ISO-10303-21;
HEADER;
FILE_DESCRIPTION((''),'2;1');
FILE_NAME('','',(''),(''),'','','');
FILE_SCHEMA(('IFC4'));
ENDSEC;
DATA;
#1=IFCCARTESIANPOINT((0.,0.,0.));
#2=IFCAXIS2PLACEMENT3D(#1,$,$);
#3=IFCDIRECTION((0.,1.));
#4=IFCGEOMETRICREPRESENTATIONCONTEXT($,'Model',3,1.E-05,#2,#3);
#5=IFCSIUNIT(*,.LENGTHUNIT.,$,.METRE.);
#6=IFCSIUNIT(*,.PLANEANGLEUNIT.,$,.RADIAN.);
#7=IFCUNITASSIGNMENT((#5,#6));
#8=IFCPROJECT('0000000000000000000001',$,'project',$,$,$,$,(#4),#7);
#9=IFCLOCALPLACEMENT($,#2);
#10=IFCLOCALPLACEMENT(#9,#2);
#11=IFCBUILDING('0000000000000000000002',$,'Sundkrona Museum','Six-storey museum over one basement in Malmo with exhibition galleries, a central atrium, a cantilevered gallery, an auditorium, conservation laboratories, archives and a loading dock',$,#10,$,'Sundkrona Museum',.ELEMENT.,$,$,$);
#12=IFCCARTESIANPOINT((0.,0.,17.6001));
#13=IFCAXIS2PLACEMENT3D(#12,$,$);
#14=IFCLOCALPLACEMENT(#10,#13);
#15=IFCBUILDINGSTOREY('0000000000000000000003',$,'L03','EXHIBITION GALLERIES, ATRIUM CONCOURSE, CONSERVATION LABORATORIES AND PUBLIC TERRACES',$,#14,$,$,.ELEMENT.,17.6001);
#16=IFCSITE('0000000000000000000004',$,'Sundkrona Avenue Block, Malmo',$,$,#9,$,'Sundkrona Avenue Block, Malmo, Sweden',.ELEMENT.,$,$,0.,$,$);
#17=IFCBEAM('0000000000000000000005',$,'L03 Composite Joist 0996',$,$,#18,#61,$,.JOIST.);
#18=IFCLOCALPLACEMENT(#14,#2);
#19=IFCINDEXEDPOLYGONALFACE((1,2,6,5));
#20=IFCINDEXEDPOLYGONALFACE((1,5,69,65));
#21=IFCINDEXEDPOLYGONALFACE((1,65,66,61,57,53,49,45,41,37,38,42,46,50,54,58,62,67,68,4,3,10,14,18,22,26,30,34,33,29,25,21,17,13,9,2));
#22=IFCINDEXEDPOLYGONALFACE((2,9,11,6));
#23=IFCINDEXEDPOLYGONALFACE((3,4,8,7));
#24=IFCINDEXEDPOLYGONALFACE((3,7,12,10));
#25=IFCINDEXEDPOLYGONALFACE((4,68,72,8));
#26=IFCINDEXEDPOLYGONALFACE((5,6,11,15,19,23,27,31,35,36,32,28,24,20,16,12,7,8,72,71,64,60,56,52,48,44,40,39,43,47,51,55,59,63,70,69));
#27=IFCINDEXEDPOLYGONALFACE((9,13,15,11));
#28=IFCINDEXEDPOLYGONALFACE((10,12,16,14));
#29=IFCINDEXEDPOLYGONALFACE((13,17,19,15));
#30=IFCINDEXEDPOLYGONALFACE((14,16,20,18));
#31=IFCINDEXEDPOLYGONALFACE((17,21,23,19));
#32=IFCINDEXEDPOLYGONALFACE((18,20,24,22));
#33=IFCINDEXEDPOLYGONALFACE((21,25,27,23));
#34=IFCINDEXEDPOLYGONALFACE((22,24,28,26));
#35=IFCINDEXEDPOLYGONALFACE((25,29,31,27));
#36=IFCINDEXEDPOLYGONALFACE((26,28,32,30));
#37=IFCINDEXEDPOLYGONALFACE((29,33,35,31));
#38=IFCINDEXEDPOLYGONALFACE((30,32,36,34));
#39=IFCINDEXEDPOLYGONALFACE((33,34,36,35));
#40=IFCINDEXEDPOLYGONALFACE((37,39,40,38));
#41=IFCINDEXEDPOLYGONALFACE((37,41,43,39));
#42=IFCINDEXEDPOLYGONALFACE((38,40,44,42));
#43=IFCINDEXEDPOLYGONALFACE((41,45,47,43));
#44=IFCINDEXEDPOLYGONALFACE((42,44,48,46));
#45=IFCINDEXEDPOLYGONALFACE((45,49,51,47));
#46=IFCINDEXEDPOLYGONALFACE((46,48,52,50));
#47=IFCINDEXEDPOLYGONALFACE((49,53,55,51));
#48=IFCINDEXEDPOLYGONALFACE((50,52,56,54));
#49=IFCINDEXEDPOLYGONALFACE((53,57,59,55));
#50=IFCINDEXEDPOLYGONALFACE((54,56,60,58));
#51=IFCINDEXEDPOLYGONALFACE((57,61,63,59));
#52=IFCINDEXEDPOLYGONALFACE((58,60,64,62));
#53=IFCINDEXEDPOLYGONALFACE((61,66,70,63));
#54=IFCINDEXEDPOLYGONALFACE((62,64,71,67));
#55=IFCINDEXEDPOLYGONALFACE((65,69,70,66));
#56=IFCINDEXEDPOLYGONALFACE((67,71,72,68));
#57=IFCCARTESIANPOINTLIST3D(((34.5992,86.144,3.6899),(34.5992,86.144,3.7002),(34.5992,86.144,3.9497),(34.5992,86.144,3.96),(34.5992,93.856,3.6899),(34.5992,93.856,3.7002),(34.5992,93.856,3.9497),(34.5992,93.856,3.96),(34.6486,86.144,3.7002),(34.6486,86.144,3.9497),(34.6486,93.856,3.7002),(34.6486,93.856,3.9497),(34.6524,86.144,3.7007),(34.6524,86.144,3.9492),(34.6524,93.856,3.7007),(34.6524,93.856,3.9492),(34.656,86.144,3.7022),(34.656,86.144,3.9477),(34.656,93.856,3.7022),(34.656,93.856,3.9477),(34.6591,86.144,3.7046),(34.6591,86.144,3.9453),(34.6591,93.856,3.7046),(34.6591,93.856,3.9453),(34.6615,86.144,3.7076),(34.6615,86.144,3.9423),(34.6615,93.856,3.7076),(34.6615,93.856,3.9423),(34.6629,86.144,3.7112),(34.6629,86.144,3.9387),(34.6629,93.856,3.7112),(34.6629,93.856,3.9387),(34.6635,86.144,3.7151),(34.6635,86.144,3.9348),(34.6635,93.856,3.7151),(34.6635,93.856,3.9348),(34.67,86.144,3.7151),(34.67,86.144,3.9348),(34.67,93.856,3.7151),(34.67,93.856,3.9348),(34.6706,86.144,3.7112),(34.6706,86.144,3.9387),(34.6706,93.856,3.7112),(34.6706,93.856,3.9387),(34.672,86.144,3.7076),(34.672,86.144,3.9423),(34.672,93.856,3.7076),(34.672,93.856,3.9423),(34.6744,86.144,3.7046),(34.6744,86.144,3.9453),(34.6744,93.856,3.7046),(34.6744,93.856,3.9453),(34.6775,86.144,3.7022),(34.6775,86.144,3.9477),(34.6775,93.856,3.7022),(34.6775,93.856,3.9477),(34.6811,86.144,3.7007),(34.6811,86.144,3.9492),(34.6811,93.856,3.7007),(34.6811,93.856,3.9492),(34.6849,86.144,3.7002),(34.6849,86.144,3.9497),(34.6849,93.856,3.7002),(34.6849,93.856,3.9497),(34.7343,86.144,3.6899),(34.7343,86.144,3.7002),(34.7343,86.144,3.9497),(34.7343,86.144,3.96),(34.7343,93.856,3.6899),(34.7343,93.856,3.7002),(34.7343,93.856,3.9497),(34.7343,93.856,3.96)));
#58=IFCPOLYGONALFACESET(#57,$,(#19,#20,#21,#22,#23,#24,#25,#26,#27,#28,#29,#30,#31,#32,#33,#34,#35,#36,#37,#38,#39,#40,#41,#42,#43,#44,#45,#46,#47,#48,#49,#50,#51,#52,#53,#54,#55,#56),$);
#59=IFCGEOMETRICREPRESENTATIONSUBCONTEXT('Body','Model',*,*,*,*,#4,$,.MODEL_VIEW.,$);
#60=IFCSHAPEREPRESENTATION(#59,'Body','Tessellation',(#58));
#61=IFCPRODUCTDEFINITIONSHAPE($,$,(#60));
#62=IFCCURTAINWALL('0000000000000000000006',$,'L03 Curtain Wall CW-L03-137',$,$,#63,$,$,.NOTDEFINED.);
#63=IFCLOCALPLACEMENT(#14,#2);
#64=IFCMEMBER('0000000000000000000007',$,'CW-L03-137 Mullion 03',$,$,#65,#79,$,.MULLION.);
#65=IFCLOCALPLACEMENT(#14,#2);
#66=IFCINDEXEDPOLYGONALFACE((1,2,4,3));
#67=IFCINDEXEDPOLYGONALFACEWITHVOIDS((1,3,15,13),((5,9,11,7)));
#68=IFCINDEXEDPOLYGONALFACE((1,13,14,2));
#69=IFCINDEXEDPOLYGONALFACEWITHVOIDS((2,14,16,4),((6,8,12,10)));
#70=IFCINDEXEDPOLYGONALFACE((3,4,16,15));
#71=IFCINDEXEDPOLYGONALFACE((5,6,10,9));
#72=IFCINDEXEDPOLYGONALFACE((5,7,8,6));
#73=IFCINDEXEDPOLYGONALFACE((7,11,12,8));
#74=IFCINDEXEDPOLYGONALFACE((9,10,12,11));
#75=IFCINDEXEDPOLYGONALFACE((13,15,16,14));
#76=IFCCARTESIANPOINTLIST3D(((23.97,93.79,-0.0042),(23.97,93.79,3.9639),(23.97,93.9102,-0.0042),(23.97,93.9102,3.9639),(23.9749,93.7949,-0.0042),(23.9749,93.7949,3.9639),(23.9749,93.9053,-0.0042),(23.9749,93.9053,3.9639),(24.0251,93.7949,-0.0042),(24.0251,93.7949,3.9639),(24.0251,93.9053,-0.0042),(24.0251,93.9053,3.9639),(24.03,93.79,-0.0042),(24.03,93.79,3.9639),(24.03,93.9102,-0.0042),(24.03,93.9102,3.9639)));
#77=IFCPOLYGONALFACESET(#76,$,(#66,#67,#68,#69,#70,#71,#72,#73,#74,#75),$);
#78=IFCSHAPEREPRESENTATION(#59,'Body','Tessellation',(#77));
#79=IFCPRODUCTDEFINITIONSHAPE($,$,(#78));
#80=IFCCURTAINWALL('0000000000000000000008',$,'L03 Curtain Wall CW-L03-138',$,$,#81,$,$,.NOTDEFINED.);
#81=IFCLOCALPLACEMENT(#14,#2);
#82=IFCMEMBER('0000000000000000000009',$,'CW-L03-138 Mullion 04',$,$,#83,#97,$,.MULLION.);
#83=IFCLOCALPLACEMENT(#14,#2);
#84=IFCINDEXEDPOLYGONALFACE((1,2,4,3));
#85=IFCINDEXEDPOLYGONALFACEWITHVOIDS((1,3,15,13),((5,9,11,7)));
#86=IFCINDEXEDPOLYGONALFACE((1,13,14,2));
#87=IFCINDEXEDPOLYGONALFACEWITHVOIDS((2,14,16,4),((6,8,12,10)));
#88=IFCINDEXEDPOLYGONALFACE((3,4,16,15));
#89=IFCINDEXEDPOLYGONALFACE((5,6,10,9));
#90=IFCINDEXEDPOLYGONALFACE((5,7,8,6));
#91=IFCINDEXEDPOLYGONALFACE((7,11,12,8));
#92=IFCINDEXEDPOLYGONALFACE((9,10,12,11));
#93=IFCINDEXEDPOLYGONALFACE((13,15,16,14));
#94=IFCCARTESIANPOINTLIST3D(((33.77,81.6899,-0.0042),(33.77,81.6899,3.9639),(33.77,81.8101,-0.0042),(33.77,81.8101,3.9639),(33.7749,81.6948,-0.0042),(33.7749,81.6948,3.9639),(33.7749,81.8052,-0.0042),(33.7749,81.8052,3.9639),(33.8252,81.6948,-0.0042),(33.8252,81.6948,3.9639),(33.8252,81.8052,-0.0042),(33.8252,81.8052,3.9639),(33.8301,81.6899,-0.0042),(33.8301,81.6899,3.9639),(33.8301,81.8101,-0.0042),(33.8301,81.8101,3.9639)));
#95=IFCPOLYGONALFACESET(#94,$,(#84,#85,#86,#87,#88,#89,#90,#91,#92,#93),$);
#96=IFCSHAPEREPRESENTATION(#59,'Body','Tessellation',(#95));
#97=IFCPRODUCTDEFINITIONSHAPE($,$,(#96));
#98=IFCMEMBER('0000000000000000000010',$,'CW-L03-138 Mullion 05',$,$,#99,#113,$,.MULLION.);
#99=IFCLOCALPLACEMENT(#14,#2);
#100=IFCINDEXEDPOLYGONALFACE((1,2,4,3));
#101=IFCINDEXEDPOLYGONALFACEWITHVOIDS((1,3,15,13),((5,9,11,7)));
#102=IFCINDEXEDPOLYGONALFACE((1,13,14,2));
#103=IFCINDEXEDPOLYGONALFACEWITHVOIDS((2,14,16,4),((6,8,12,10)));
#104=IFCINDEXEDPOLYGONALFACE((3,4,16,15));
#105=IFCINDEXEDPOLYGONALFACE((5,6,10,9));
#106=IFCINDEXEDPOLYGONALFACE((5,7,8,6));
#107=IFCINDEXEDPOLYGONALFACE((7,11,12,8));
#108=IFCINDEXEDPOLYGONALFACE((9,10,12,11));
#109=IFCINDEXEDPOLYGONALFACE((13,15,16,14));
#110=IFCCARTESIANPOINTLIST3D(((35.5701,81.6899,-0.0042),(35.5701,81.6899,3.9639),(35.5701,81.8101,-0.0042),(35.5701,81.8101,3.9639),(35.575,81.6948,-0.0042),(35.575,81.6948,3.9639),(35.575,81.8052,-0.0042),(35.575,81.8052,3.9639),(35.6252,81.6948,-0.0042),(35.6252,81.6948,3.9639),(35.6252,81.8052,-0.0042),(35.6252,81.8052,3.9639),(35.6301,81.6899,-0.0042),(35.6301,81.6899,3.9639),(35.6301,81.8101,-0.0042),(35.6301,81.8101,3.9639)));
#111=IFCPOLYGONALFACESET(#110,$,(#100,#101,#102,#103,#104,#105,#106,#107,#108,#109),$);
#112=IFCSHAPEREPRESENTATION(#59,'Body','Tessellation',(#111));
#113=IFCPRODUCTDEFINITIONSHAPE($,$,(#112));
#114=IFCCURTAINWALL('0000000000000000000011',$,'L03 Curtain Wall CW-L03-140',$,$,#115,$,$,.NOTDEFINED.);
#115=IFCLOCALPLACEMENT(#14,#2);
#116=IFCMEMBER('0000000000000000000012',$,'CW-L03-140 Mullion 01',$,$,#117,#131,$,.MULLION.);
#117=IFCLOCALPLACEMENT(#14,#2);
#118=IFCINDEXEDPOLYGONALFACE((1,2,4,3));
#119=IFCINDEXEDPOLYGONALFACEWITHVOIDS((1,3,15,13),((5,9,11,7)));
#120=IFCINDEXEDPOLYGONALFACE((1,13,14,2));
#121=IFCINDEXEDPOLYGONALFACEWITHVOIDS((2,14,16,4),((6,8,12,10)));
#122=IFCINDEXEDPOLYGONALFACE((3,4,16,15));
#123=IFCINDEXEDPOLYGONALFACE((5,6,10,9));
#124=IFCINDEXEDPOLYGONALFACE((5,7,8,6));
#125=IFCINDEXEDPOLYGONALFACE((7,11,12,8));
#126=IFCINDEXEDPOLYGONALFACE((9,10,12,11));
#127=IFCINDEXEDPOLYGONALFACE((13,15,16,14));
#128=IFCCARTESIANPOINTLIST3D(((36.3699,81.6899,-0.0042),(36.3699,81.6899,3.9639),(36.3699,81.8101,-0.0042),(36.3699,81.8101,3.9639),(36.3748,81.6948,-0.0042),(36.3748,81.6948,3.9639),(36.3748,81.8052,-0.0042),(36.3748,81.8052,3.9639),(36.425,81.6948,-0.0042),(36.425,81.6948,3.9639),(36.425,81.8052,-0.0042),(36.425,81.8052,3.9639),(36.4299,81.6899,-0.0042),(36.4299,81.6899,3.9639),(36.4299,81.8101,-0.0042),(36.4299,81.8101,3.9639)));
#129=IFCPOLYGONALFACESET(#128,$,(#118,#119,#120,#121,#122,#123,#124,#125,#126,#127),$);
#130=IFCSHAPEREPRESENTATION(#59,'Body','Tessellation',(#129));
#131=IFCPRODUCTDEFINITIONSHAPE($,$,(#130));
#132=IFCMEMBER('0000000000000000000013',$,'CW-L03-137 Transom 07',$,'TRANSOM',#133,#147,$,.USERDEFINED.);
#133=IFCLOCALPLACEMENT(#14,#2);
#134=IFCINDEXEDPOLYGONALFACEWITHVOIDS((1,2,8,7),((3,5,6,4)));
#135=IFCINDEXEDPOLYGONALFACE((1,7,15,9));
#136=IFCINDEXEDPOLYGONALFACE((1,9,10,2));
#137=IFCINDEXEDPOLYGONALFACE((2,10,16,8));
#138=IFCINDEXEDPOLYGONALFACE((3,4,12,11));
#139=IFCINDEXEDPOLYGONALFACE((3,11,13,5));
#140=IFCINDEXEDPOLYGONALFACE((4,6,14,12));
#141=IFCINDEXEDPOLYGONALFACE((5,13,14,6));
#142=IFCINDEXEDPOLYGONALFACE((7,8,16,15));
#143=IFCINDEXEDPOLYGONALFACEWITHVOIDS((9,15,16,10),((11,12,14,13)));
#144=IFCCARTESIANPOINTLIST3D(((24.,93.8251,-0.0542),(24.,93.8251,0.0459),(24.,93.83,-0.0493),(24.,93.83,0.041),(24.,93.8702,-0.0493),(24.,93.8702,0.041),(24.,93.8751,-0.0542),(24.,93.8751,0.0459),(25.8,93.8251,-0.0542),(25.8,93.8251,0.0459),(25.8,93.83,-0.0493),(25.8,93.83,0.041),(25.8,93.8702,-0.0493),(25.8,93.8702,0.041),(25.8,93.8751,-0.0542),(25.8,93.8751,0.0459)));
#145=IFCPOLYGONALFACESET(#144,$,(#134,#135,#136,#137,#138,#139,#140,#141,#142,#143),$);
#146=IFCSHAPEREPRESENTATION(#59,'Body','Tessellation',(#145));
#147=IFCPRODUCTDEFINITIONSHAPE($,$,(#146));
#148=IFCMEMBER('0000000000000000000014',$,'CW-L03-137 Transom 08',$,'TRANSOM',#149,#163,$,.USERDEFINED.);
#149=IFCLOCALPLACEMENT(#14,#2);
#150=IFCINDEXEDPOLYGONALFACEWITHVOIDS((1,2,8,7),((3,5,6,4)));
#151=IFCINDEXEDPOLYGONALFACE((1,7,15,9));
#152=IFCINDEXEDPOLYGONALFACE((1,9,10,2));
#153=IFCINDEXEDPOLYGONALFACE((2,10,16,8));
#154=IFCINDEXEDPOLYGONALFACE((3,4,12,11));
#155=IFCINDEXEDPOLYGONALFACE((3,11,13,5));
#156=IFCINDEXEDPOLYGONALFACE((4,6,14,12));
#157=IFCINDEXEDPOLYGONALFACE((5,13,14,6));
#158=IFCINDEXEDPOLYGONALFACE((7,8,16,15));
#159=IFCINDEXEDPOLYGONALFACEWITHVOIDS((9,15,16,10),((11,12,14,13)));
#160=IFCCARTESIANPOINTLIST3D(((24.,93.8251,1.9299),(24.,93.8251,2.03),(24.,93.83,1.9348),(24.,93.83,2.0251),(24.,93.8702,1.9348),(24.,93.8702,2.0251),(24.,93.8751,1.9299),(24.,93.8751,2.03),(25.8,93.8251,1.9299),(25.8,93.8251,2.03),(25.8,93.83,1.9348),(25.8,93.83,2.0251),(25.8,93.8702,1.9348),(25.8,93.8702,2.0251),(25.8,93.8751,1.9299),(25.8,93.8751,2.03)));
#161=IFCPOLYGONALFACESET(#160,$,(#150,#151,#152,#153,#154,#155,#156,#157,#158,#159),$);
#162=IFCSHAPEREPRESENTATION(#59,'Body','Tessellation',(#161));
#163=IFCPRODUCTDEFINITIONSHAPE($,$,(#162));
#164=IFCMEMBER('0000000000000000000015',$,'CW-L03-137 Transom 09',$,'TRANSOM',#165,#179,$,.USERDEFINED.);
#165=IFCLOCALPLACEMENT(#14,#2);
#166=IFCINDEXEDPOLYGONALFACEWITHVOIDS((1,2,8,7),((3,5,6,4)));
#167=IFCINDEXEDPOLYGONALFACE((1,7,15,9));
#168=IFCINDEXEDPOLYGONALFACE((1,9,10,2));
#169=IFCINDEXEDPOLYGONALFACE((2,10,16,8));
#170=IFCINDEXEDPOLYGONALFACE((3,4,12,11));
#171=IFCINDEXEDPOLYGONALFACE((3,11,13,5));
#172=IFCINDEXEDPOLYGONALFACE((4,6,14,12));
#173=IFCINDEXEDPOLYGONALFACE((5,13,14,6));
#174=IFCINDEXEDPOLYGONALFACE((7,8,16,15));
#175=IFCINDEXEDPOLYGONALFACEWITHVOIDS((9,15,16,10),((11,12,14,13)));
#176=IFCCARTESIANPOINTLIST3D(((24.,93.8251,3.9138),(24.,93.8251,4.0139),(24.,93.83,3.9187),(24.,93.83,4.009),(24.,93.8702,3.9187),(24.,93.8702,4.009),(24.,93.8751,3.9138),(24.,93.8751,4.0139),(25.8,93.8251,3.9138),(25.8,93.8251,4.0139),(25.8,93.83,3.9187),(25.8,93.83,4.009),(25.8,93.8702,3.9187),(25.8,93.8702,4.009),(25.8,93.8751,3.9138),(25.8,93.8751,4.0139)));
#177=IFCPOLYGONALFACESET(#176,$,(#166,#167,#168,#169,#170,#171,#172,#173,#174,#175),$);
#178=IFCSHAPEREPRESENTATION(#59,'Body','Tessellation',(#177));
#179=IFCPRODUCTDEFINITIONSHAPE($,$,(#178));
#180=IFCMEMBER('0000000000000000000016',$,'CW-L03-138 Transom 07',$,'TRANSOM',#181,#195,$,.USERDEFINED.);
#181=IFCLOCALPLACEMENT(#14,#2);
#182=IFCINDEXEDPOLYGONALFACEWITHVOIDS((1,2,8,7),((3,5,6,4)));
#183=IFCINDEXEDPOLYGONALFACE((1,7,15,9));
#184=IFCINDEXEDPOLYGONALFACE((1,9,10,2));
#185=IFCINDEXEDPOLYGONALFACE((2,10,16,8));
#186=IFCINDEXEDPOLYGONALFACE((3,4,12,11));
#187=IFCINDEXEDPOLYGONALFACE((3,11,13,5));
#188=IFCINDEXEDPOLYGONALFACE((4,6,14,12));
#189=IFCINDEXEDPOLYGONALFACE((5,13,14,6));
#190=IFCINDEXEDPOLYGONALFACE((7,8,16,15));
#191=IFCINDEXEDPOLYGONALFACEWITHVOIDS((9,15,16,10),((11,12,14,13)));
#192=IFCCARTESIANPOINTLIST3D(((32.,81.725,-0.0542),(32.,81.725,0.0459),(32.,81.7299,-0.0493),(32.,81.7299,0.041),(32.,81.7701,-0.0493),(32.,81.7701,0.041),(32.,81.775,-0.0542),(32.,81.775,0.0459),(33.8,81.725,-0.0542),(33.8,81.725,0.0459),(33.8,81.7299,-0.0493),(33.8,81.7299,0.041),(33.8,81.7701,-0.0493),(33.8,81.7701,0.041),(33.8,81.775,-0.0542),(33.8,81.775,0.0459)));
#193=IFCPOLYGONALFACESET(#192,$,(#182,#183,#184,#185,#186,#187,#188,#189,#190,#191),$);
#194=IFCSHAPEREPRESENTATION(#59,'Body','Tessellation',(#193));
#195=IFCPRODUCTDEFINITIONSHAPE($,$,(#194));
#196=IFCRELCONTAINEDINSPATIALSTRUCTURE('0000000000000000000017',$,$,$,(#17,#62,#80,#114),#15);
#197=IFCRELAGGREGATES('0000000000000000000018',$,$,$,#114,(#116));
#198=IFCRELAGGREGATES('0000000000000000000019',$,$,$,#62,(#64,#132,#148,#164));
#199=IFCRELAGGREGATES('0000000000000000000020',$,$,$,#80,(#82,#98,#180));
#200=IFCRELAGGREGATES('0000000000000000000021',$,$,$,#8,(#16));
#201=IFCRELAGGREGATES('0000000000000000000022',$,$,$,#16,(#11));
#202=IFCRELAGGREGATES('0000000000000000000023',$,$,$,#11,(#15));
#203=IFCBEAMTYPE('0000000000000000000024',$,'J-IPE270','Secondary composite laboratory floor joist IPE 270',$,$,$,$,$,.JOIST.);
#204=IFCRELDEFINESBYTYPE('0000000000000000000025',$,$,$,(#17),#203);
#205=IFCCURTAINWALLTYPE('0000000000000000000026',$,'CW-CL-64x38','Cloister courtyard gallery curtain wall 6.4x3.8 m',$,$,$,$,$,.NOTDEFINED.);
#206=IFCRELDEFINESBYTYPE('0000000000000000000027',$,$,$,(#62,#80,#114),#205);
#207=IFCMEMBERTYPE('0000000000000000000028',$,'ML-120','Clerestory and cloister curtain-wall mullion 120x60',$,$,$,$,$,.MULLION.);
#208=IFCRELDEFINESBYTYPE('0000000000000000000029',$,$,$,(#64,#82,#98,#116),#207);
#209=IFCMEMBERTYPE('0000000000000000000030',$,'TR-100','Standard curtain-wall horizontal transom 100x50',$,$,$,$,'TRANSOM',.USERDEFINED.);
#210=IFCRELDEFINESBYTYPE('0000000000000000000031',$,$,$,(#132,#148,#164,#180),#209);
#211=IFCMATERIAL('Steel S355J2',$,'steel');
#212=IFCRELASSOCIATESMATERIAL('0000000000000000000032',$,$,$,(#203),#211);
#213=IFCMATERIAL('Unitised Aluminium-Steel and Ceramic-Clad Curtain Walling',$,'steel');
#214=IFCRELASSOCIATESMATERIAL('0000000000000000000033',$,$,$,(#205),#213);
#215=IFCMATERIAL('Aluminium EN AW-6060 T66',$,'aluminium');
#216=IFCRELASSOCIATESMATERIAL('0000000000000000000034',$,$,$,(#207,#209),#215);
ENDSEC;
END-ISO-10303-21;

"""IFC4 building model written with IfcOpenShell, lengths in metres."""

from ifc_helpers import new_model, si_unit, direction, frame, origin, origin_2d, place, context, subcontext, project, spatial, hollow_rectangle, i_section, extrude, material, material_profile, profile_set, type_object, element, aggregate, save


model = new_model("IFC4")

# Units and contexts
model_context = context("Model", 3, precision=1e-05, world=origin(), true_north=direction((0.0, 1.0)))
body_context = subcontext(model_context, "Body", "Model", "MODEL_VIEW")
ifc_project = project(units=[si_unit("LENGTHUNIT", "METRE"), si_unit("PLANEANGLEUNIT", "RADIAN")], contexts=[model_context])

# Site, building, storey
site_placement = place(None, origin())
site = spatial("IfcSite", under=ifc_project, at=site_placement, Name="Sundkrona Avenue Block, Malmo", LongName="Sundkrona Avenue Block, Malmo, Sweden", CompositionType="ELEMENT", RefElevation=0.0)
building_placement = place(site_placement, origin())
building = spatial("IfcBuilding", under=site, at=building_placement, Name="Sundkrona Museum", Description="Six-storey museum over one basement in Malmo with exhibition galleries, a central atrium, a cantilevered gallery, an auditorium, conservation laboratories, archives and a loading dock", LongName="Sundkrona Museum", CompositionType="ELEMENT")
storey_placement = place(building_placement, frame((0.0, 0.0, 17.6001)))
storey = spatial("IfcBuildingStorey", under=building, at=storey_placement, Name="L03", Description="EXHIBITION GALLERIES, ATRIUM CONCOURSE, CONSERVATION LABORATORIES AND PUBLIC TERRACES", CompositionType="ELEMENT", Elevation=17.6001)

# Shared definitions
ifc_material_1 = material(Name="Steel S355J2", Category="steel")

# Beam
ifc_material_profile_1 = material_profile(ifc_material_1, i_section(OverallWidth=0.135, OverallDepth=0.27, WebThickness=0.0066, FlangeThickness=0.0103, FilletRadius=0.0149, at=origin_2d()), Name="IPE 270")
ifc_profile_set_1 = profile_set([ifc_material_profile_1], Name="Steel S355J2")
beam_type_1 = type_object("IfcBeamType", Name="J-IPE270", Description="Secondary composite laboratory floor joist IPE 270", PredefinedType="JOIST", material=ifc_profile_set_1)
for number, where, z_axis, x_axis, name in (
    (1, (34.6667, 86.144, 3.825), (0.0, 1.0, 0.0), (-1.0, 0.0, 0.0), "L03 Composite Joist 0996"),
):
    element("IfcBeam", number, at=place(storey_placement, frame(where, z_axis=z_axis, x_axis=x_axis)), inside=storey, type_object=beam_type_1, Name=name, PredefinedType="JOIST", context=body_context, shape_type="SweptSolid", body=[
        extrude(i_section(OverallWidth=0.135, OverallDepth=0.27, WebThickness=0.0066, FlangeThickness=0.0103, FilletRadius=0.0149, at=origin_2d()), origin(), (0.0, 0.0, 1.0), 7.7119),
    ])

# Curtain wall, member
ifc_material_2 = material(Name="Unitised Aluminium-Steel and Ceramic-Clad Curtain Walling", Category="steel")
curtain_wall_type = type_object("IfcCurtainWallType", Name="CW-CL-64x38", Description="Cloister courtyard gallery curtain wall 6.4x3.8 m", PredefinedType="NOTDEFINED", material=ifc_material_2)
curtain_wall_1_placement = place(storey_placement, origin())
curtain_wall_1 = element("IfcCurtainWall", 2, at=curtain_wall_1_placement, inside=storey, type_object=curtain_wall_type, Name="L03 Curtain Wall CW-L03-137", PredefinedType="NOTDEFINED")
ifc_material_3 = material(Name="Aluminium EN AW-6060 T66", Category="aluminium")
ifc_material_profile_2 = material_profile(ifc_material_3, hollow_rectangle(XDim=0.0601, YDim=0.1201, WallThickness=0.0049, at=origin_2d()), Name="RHS 120x60x5.0")
ifc_profile_set_2 = profile_set([ifc_material_profile_2], Name="Aluminium EN AW-6060 T66")
member_type_1 = type_object("IfcMemberType", Name="ML-120", Description="Clerestory and cloister curtain-wall mullion 120x60", PredefinedType="MULLION", material=ifc_profile_set_2)
member_1_placement = place(storey_placement, frame((24.0, 93.8501, -0.0042), z_axis=(0.0, 0.0, 1.0), x_axis=(1.0, 0.0, 0.0)))
member_1 = element("IfcMember", 3, at=member_1_placement, type_object=member_type_1, Name="CW-L03-137 Mullion 03", PredefinedType="MULLION", context=body_context, shape_type="SweptSolid", body=[
    extrude(hollow_rectangle(XDim=0.0601, YDim=0.1201, WallThickness=0.0049, at=origin_2d()), origin(), (0.0, 0.0, 1.0), 3.968),
])

# Curtain wall, members
curtain_wall_2_placement = place(storey_placement, origin())
curtain_wall_2 = element("IfcCurtainWall", 4, at=curtain_wall_2_placement, inside=storey, type_object=curtain_wall_type, Name="L03 Curtain Wall CW-L03-138", PredefinedType="NOTDEFINED")
member_2_placement = place(storey_placement, frame((33.8, 81.75, -0.0042), z_axis=(0.0, 0.0, 1.0), x_axis=(1.0, 0.0, 0.0)))
member_2 = element("IfcMember", 5, at=member_2_placement, type_object=member_type_1, Name="CW-L03-138 Mullion 04", PredefinedType="MULLION", context=body_context, shape_type="SweptSolid", body=[
    extrude(hollow_rectangle(XDim=0.0601, YDim=0.1201, WallThickness=0.0049, at=origin_2d()), origin(), (0.0, 0.0, 1.0), 3.968),
])
member_3_placement = place(storey_placement, frame((35.6001, 81.75, -0.0042), z_axis=(0.0, 0.0, 1.0), x_axis=(1.0, 0.0, 0.0)))
member_3 = element("IfcMember", 6, at=member_3_placement, type_object=member_type_1, Name="CW-L03-138 Mullion 05", PredefinedType="MULLION", context=body_context, shape_type="SweptSolid", body=[
    extrude(hollow_rectangle(XDim=0.0601, YDim=0.1201, WallThickness=0.0049, at=origin_2d()), origin(), (0.0, 0.0, 1.0), 3.968),
])

# Curtain wall, member
curtain_wall_3_placement = place(storey_placement, origin())
curtain_wall_3 = element("IfcCurtainWall", 7, at=curtain_wall_3_placement, inside=storey, type_object=curtain_wall_type, Name="L03 Curtain Wall CW-L03-140", PredefinedType="NOTDEFINED")
member_4_placement = place(storey_placement, frame((36.3999, 81.75, -0.0042), z_axis=(0.0, 0.0, 1.0), x_axis=(1.0, 0.0, 0.0)))
member_4 = element("IfcMember", 8, at=member_4_placement, type_object=member_type_1, Name="CW-L03-140 Mullion 01", PredefinedType="MULLION", context=body_context, shape_type="SweptSolid", body=[
    extrude(hollow_rectangle(XDim=0.0601, YDim=0.1201, WallThickness=0.0049, at=origin_2d()), origin(), (0.0, 0.0, 1.0), 3.968),
])

# Members
ifc_material_profile_3 = material_profile(ifc_material_3, hollow_rectangle(XDim=0.05, YDim=0.1001, WallThickness=0.0049, at=origin_2d()), Name="RHS 100x50x5.0")
ifc_profile_set_3 = profile_set([ifc_material_profile_3], Name="Aluminium EN AW-6060 T66")
member_type_2 = type_object("IfcMemberType", Name="TR-100", Description="Standard curtain-wall horizontal transom 100x50", ElementType="TRANSOM", PredefinedType="USERDEFINED", material=ifc_profile_set_3)
member_5_placement = place(storey_placement, frame((24.0, 93.8501, -0.0042), z_axis=(1.0, 0.0, 0.0), x_axis=(0.0, 1.0, 0.0)))
member_5 = element("IfcMember", 9, at=member_5_placement, type_object=member_type_2, Name="CW-L03-137 Transom 07", ObjectType="TRANSOM", PredefinedType="USERDEFINED", context=body_context, shape_type="SweptSolid", body=[
    extrude(hollow_rectangle(XDim=0.05, YDim=0.1001, WallThickness=0.0049, at=origin_2d()), origin(), (0.0, 0.0, 1.0), 1.8),
])
member_6_placement = place(storey_placement, frame((24.0, 93.8501, 1.98), z_axis=(1.0, 0.0, 0.0), x_axis=(0.0, 1.0, 0.0)))
member_6 = element("IfcMember", 10, at=member_6_placement, type_object=member_type_2, Name="CW-L03-137 Transom 08", ObjectType="TRANSOM", PredefinedType="USERDEFINED", context=body_context, shape_type="SweptSolid", body=[
    extrude(hollow_rectangle(XDim=0.05, YDim=0.1001, WallThickness=0.0049, at=origin_2d()), origin(), (0.0, 0.0, 1.0), 1.8),
])
member_7_placement = place(storey_placement, frame((24.0, 93.8501, 3.9639), z_axis=(1.0, 0.0, 0.0), x_axis=(0.0, 1.0, 0.0)))
member_7 = element("IfcMember", 11, at=member_7_placement, type_object=member_type_2, Name="CW-L03-137 Transom 09", ObjectType="TRANSOM", PredefinedType="USERDEFINED", context=body_context, shape_type="SweptSolid", body=[
    extrude(hollow_rectangle(XDim=0.05, YDim=0.1001, WallThickness=0.0049, at=origin_2d()), origin(), (0.0, 0.0, 1.0), 1.8),
])
member_8_placement = place(storey_placement, frame((32.0, 81.75, -0.0042), z_axis=(1.0, 0.0, 0.0), x_axis=(0.0, 1.0, 0.0)))
member_8 = element("IfcMember", 12, at=member_8_placement, type_object=member_type_2, Name="CW-L03-138 Transom 07", ObjectType="TRANSOM", PredefinedType="USERDEFINED", context=body_context, shape_type="SweptSolid", body=[
    extrude(hollow_rectangle(XDim=0.05, YDim=0.1001, WallThickness=0.0049, at=origin_2d()), origin(), (0.0, 0.0, 1.0), 1.8),
])
aggregate(curtain_wall_3, [member_4])

aggregate(curtain_wall_1, [member_1, member_5, member_6, member_7])
aggregate(curtain_wall_2, [member_2, member_3, member_8])

save(model, "model.ifc")
